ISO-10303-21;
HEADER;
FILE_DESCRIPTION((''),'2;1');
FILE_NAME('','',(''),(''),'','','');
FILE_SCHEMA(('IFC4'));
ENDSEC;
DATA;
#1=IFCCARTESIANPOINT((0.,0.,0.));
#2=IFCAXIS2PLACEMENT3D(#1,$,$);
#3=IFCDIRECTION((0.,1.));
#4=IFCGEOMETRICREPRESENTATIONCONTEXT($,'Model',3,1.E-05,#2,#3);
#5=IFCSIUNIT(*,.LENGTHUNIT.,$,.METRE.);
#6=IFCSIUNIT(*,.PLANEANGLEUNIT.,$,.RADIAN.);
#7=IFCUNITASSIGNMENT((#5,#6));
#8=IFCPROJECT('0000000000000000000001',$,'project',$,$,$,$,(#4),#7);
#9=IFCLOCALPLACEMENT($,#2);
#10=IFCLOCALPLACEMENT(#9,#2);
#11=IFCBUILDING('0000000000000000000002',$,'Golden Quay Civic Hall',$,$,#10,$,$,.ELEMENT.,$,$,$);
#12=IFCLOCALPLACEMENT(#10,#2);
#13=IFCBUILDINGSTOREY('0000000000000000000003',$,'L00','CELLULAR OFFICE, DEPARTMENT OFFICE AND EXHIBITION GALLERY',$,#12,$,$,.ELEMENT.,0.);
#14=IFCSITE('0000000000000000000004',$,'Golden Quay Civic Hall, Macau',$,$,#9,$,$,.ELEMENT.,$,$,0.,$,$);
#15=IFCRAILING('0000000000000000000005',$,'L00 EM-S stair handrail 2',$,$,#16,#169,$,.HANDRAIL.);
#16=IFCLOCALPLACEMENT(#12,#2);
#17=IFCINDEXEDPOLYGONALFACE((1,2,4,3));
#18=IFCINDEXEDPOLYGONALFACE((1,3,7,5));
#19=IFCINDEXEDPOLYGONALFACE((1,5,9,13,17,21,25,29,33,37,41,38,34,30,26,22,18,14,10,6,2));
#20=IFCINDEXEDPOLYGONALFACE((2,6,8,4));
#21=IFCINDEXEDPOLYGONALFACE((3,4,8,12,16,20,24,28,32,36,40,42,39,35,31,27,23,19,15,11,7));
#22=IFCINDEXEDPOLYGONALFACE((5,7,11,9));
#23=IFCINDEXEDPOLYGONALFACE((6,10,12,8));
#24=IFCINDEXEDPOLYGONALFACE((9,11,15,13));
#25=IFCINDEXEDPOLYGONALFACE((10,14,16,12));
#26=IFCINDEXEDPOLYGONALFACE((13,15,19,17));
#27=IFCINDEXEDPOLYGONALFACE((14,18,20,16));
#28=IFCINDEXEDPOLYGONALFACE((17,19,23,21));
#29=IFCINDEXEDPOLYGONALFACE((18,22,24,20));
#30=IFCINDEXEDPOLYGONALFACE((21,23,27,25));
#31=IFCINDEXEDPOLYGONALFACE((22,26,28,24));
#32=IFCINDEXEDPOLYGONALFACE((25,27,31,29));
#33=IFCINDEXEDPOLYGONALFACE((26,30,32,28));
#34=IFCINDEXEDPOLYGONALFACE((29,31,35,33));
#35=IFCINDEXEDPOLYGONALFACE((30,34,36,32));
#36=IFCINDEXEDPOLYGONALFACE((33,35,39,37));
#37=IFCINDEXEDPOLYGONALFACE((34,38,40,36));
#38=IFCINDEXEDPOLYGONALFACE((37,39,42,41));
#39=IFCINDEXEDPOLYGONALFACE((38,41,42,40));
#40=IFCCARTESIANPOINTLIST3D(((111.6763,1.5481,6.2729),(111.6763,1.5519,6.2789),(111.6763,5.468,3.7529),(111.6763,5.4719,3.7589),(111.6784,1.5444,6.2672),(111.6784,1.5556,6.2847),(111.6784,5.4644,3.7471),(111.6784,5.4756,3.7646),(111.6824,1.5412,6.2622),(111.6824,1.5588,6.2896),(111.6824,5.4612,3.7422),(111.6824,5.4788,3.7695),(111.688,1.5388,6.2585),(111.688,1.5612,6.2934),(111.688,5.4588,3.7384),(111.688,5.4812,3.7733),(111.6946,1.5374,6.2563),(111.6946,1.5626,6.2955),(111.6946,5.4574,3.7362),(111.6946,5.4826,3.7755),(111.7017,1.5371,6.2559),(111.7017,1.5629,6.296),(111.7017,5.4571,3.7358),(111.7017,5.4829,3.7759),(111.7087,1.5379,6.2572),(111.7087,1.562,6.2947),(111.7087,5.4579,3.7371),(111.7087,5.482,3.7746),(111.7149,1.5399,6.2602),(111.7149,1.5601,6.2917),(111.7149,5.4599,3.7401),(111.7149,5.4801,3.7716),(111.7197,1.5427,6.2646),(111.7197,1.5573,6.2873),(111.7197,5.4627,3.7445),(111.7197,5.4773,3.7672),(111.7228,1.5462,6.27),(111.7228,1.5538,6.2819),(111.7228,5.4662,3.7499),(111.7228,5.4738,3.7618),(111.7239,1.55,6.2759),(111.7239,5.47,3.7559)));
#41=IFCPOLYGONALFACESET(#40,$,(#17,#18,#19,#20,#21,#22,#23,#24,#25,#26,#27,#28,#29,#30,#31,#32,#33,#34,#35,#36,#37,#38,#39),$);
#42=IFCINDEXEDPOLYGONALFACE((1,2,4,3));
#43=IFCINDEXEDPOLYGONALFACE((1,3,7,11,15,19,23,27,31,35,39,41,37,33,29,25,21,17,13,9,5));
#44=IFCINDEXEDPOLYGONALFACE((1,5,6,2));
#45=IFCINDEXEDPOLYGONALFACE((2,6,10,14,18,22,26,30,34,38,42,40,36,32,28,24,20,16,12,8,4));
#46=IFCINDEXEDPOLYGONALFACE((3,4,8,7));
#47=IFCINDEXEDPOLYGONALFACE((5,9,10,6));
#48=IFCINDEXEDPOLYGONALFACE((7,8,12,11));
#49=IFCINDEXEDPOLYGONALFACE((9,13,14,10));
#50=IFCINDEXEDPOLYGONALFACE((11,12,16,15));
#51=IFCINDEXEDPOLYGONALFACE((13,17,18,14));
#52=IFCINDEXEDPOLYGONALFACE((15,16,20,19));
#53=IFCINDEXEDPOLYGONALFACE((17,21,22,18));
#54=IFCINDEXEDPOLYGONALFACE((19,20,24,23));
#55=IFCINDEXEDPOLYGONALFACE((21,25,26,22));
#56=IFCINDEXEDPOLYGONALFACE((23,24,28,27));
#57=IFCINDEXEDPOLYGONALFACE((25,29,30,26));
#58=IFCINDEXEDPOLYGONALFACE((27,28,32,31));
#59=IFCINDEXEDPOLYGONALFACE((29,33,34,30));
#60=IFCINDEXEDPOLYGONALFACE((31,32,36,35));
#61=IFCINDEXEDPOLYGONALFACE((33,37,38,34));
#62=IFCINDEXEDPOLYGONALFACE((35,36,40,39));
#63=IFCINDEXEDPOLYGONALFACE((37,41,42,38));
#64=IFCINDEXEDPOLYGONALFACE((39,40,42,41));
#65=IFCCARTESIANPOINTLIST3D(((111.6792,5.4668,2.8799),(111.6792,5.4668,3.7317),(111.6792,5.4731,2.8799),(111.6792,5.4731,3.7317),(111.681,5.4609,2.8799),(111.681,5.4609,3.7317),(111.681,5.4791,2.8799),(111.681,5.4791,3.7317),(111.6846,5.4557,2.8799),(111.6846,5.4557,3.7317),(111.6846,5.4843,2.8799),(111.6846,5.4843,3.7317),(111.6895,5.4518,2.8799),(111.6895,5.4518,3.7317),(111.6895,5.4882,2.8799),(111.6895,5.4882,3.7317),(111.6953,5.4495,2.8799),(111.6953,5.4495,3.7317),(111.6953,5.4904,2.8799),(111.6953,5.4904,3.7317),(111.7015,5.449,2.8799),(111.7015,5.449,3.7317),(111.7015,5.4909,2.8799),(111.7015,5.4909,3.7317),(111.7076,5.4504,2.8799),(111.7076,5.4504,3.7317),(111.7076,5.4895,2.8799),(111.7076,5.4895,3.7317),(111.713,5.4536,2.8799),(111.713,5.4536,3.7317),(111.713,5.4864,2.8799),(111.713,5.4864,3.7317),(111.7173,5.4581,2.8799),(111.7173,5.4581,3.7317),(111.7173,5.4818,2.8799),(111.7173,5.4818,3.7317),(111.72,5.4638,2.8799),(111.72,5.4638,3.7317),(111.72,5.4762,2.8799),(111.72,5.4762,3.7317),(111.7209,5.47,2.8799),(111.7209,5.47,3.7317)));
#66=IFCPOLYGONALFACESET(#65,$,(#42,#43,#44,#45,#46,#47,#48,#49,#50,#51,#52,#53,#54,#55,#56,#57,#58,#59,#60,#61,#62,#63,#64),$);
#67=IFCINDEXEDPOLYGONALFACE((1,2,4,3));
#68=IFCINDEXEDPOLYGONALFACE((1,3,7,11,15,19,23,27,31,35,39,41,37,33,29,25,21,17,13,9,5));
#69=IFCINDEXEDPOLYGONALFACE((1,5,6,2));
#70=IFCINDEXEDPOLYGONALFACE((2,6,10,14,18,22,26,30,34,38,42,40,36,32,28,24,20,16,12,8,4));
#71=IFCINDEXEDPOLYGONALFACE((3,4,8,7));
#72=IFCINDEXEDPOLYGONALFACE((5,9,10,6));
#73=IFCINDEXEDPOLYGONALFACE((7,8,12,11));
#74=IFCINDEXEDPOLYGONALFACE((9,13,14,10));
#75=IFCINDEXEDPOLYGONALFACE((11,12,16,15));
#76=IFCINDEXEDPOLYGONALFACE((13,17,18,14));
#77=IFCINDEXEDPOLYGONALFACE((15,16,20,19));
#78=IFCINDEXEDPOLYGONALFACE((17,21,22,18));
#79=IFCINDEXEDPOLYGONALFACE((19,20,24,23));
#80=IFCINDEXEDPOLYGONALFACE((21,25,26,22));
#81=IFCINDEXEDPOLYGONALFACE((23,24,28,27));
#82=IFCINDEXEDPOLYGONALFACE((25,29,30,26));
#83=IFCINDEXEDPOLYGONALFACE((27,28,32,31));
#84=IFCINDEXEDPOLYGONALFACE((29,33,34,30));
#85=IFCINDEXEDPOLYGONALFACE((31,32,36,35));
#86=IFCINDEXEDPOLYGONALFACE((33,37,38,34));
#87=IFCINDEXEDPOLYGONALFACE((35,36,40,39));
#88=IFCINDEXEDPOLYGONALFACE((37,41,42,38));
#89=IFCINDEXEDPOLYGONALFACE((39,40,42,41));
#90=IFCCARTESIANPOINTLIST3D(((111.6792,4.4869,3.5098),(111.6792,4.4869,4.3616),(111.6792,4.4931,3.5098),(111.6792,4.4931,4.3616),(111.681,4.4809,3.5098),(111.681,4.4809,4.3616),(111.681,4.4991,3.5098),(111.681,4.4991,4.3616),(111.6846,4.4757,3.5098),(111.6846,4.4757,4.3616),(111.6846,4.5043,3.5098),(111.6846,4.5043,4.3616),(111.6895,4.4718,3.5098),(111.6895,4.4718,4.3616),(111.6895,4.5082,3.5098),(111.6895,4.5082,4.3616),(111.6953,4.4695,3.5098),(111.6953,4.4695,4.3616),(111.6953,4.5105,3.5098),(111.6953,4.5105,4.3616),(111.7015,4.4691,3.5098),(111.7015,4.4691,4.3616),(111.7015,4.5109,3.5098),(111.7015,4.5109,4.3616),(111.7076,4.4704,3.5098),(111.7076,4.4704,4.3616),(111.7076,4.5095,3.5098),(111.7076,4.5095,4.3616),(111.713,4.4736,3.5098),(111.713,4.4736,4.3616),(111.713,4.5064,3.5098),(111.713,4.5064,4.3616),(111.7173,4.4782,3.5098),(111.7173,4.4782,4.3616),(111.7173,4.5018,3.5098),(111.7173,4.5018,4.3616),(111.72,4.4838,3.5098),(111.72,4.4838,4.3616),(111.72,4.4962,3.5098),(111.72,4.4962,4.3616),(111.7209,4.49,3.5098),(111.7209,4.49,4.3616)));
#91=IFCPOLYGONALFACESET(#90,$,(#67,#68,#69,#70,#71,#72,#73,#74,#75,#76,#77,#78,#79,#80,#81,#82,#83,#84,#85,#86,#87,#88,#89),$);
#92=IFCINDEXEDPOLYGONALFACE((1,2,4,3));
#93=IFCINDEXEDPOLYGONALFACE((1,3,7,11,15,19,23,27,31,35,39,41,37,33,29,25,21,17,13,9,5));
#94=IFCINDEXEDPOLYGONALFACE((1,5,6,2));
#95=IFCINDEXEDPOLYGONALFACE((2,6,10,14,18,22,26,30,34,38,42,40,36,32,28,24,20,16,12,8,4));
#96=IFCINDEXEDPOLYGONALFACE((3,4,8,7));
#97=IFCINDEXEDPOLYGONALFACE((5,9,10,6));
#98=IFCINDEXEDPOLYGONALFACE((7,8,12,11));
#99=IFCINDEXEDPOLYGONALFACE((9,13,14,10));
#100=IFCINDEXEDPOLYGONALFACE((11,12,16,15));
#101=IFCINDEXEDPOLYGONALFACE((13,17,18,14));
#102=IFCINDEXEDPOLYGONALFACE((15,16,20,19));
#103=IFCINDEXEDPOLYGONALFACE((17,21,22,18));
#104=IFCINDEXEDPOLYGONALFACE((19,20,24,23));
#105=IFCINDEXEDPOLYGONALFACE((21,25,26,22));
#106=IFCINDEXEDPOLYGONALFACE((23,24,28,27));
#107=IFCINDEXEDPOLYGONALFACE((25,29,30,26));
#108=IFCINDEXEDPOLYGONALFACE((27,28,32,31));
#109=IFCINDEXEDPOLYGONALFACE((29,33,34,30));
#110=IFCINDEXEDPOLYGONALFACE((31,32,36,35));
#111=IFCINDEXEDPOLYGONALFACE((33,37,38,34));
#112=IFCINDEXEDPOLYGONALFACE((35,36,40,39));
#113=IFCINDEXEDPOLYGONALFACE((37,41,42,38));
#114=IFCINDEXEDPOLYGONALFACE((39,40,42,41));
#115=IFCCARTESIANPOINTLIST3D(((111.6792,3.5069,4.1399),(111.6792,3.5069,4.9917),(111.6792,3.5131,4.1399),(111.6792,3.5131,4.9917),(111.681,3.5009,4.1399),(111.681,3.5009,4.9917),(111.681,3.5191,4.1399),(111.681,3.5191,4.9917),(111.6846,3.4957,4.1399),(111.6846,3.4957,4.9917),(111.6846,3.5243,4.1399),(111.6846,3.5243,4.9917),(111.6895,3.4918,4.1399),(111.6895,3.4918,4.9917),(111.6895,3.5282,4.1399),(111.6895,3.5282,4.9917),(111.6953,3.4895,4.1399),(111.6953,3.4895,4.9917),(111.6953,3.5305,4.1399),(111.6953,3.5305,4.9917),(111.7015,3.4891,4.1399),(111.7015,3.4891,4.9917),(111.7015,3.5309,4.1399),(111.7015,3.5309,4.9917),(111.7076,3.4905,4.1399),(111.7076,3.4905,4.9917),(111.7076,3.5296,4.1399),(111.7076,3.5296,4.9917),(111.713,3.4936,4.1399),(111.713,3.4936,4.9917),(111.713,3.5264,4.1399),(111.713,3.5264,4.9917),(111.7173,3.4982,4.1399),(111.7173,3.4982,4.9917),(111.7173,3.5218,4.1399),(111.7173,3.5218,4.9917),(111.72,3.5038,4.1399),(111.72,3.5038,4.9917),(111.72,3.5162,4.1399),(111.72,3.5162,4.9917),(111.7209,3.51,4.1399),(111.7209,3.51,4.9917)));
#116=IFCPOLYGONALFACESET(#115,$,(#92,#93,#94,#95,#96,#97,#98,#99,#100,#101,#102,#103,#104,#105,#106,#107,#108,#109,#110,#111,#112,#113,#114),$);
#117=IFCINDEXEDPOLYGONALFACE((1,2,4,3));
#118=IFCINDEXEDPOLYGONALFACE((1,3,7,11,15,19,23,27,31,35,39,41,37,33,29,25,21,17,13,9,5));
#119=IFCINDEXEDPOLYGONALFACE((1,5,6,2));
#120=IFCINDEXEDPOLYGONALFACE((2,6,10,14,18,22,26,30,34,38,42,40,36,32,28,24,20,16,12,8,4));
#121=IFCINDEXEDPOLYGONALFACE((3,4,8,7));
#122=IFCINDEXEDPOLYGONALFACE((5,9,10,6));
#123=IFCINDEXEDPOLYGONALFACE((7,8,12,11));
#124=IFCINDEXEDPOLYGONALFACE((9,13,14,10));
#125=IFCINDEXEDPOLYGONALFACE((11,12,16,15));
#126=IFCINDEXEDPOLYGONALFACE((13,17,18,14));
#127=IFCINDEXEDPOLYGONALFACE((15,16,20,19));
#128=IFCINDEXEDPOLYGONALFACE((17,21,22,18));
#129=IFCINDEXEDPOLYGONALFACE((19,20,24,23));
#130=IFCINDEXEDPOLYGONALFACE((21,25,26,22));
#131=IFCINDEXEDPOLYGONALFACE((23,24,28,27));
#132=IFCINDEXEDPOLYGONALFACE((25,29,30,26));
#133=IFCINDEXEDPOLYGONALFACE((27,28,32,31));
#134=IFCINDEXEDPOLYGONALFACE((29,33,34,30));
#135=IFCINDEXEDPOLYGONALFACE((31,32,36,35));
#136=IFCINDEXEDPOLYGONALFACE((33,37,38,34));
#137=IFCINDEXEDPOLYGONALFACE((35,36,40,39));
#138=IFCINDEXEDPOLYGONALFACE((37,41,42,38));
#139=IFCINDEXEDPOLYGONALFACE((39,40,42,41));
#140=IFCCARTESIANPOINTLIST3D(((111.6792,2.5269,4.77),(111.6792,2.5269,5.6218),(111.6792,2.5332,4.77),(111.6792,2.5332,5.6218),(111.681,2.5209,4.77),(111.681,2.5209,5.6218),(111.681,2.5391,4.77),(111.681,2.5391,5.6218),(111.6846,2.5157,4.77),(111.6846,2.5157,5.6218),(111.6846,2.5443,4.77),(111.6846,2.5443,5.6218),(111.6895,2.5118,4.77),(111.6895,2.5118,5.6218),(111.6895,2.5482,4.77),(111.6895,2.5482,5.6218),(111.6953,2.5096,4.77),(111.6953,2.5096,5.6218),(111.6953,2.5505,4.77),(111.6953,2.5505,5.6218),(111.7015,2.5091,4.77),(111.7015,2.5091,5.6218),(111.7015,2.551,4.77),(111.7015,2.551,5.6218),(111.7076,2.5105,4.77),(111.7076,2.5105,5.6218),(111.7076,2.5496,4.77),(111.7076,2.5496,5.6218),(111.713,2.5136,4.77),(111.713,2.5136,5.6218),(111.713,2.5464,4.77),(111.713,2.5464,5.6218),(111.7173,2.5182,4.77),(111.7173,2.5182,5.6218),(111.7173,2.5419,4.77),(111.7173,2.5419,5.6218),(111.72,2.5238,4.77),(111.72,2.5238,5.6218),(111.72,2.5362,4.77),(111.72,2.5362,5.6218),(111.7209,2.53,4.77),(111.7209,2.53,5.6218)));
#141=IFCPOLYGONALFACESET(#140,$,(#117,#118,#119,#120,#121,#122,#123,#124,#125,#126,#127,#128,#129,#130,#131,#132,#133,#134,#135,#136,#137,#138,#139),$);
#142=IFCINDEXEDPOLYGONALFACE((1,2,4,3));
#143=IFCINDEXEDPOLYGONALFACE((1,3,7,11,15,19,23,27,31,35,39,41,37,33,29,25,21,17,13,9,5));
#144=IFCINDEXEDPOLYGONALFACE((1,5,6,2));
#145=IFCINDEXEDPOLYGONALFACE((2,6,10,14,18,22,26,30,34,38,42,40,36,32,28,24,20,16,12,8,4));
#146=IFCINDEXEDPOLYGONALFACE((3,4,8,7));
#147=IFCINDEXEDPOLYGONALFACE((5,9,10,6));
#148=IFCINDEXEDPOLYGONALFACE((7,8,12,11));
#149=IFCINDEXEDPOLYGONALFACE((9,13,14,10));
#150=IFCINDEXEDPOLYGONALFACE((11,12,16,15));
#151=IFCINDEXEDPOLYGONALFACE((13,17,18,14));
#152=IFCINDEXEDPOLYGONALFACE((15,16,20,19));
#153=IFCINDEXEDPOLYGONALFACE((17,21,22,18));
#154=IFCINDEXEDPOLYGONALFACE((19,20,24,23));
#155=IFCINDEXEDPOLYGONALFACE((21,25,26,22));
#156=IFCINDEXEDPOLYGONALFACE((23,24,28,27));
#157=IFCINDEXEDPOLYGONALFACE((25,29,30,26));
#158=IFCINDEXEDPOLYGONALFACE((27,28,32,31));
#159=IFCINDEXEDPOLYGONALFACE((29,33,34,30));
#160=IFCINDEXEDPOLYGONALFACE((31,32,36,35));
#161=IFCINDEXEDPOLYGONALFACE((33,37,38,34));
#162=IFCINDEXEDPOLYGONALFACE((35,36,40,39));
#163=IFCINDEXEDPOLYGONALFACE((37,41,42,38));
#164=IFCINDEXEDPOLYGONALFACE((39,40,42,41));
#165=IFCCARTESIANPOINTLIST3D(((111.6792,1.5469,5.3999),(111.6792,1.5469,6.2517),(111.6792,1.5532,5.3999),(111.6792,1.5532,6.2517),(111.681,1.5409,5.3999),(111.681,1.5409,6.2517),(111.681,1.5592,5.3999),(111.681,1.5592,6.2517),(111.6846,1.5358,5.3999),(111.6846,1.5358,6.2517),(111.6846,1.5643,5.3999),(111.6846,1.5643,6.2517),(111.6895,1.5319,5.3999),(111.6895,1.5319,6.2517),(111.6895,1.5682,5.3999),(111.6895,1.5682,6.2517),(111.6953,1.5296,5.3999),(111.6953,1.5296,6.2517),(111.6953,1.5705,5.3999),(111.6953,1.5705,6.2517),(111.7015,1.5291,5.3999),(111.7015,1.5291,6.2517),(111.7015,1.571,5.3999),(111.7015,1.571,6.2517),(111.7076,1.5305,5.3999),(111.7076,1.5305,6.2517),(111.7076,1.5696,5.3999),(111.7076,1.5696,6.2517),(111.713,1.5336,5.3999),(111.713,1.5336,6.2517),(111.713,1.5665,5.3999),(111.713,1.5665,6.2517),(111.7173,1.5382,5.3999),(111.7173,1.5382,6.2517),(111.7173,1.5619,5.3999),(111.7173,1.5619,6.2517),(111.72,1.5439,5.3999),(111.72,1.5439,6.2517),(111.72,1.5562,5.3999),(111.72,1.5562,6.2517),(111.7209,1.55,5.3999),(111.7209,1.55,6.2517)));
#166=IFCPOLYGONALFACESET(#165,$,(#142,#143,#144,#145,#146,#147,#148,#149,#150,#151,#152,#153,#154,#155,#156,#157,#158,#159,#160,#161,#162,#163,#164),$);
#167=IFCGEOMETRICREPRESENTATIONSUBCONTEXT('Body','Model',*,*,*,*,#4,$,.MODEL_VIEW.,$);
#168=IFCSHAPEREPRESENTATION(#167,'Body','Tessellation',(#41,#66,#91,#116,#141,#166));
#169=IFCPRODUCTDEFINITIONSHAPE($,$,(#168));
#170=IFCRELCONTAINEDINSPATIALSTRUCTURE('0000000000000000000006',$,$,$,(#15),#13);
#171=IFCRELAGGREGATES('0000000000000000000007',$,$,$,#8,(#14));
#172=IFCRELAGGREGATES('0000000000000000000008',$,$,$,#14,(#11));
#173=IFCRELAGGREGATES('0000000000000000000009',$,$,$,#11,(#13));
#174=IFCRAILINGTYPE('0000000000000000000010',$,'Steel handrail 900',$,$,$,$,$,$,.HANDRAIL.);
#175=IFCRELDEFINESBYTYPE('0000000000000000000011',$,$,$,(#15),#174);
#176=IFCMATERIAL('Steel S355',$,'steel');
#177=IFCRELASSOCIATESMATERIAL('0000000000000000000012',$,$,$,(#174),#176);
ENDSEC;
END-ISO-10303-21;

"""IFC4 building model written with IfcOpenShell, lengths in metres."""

from ifc_helpers import new_model, si_unit, direction, frame, origin, origin_2d, place, context, subcontext, project, spatial, circle, extrude, material, type_object, element, save


model = new_model("IFC4")

# Units and contexts
model_context = context("Model", 3, precision=1e-05, world=origin(), true_north=direction((0.0, 1.0)))
body_context = subcontext(model_context, "Body", "Model", "MODEL_VIEW")
ifc_project = project(units=[si_unit("LENGTHUNIT", "METRE"), si_unit("PLANEANGLEUNIT", "RADIAN")], contexts=[model_context])

# Site, building, storey
site_placement = place(None, origin())
site = spatial("IfcSite", under=ifc_project, at=site_placement, Name="Golden Quay Civic Hall, Macau", CompositionType="ELEMENT", RefElevation=0.0)
building_placement = place(site_placement, origin())
building = spatial("IfcBuilding", under=site, at=building_placement, Name="Golden Quay Civic Hall", CompositionType="ELEMENT")
storey_placement = place(building_placement, origin())
storey = spatial("IfcBuildingStorey", under=building, at=storey_placement, Name="L00", Description="CELLULAR OFFICE, DEPARTMENT OFFICE AND EXHIBITION GALLERY", CompositionType="ELEMENT", Elevation=0.0)

# Railing
ifc_material_1 = material(Name="Steel S355", Category="steel")
railing_type = type_object("IfcRailingType", Name="Steel handrail 900", PredefinedType="HANDRAIL", material=ifc_material_1)
railing_placement = place(storey_placement, frame((111.7, 5.47, 2.8799)))
element("IfcRailing", 1, at=railing_placement, inside=storey, type_object=railing_type, Name="L00 EM-S stair handrail 2", PredefinedType="HANDRAIL", context=body_context, shape_type="SweptSolid", body=[
    extrude(circle(Radius=0.0239, at=origin_2d()), frame((0.0, 0.0, 0.876), z_axis=(0.0, -0.841172, 0.540768), x_axis=(1.0, 0.0, 0.0)), (0.0, 0.0, 1.0), 4.6602),
    extrude(circle(Radius=0.021, at=origin_2d()), origin(), (0.0, 0.0, 1.0), 0.8518),
    extrude(circle(Radius=0.021, at=origin_2d()), frame((0.0, -0.98, 0.6299)), (0.0, 0.0, 1.0), 0.8518),
    extrude(circle(Radius=0.021, at=origin_2d()), frame((0.0, -1.96, 1.26)), (0.0, 0.0, 1.0), 0.8518),
    extrude(circle(Radius=0.021, at=origin_2d()), frame((0.0, -2.9399, 1.8901)), (0.0, 0.0, 1.0), 0.8518),
    extrude(circle(Radius=0.021, at=origin_2d()), frame((0.0, -3.9199, 2.52)), (0.0, 0.0, 1.0), 0.8518),
])

save(model, "model.ifc")
